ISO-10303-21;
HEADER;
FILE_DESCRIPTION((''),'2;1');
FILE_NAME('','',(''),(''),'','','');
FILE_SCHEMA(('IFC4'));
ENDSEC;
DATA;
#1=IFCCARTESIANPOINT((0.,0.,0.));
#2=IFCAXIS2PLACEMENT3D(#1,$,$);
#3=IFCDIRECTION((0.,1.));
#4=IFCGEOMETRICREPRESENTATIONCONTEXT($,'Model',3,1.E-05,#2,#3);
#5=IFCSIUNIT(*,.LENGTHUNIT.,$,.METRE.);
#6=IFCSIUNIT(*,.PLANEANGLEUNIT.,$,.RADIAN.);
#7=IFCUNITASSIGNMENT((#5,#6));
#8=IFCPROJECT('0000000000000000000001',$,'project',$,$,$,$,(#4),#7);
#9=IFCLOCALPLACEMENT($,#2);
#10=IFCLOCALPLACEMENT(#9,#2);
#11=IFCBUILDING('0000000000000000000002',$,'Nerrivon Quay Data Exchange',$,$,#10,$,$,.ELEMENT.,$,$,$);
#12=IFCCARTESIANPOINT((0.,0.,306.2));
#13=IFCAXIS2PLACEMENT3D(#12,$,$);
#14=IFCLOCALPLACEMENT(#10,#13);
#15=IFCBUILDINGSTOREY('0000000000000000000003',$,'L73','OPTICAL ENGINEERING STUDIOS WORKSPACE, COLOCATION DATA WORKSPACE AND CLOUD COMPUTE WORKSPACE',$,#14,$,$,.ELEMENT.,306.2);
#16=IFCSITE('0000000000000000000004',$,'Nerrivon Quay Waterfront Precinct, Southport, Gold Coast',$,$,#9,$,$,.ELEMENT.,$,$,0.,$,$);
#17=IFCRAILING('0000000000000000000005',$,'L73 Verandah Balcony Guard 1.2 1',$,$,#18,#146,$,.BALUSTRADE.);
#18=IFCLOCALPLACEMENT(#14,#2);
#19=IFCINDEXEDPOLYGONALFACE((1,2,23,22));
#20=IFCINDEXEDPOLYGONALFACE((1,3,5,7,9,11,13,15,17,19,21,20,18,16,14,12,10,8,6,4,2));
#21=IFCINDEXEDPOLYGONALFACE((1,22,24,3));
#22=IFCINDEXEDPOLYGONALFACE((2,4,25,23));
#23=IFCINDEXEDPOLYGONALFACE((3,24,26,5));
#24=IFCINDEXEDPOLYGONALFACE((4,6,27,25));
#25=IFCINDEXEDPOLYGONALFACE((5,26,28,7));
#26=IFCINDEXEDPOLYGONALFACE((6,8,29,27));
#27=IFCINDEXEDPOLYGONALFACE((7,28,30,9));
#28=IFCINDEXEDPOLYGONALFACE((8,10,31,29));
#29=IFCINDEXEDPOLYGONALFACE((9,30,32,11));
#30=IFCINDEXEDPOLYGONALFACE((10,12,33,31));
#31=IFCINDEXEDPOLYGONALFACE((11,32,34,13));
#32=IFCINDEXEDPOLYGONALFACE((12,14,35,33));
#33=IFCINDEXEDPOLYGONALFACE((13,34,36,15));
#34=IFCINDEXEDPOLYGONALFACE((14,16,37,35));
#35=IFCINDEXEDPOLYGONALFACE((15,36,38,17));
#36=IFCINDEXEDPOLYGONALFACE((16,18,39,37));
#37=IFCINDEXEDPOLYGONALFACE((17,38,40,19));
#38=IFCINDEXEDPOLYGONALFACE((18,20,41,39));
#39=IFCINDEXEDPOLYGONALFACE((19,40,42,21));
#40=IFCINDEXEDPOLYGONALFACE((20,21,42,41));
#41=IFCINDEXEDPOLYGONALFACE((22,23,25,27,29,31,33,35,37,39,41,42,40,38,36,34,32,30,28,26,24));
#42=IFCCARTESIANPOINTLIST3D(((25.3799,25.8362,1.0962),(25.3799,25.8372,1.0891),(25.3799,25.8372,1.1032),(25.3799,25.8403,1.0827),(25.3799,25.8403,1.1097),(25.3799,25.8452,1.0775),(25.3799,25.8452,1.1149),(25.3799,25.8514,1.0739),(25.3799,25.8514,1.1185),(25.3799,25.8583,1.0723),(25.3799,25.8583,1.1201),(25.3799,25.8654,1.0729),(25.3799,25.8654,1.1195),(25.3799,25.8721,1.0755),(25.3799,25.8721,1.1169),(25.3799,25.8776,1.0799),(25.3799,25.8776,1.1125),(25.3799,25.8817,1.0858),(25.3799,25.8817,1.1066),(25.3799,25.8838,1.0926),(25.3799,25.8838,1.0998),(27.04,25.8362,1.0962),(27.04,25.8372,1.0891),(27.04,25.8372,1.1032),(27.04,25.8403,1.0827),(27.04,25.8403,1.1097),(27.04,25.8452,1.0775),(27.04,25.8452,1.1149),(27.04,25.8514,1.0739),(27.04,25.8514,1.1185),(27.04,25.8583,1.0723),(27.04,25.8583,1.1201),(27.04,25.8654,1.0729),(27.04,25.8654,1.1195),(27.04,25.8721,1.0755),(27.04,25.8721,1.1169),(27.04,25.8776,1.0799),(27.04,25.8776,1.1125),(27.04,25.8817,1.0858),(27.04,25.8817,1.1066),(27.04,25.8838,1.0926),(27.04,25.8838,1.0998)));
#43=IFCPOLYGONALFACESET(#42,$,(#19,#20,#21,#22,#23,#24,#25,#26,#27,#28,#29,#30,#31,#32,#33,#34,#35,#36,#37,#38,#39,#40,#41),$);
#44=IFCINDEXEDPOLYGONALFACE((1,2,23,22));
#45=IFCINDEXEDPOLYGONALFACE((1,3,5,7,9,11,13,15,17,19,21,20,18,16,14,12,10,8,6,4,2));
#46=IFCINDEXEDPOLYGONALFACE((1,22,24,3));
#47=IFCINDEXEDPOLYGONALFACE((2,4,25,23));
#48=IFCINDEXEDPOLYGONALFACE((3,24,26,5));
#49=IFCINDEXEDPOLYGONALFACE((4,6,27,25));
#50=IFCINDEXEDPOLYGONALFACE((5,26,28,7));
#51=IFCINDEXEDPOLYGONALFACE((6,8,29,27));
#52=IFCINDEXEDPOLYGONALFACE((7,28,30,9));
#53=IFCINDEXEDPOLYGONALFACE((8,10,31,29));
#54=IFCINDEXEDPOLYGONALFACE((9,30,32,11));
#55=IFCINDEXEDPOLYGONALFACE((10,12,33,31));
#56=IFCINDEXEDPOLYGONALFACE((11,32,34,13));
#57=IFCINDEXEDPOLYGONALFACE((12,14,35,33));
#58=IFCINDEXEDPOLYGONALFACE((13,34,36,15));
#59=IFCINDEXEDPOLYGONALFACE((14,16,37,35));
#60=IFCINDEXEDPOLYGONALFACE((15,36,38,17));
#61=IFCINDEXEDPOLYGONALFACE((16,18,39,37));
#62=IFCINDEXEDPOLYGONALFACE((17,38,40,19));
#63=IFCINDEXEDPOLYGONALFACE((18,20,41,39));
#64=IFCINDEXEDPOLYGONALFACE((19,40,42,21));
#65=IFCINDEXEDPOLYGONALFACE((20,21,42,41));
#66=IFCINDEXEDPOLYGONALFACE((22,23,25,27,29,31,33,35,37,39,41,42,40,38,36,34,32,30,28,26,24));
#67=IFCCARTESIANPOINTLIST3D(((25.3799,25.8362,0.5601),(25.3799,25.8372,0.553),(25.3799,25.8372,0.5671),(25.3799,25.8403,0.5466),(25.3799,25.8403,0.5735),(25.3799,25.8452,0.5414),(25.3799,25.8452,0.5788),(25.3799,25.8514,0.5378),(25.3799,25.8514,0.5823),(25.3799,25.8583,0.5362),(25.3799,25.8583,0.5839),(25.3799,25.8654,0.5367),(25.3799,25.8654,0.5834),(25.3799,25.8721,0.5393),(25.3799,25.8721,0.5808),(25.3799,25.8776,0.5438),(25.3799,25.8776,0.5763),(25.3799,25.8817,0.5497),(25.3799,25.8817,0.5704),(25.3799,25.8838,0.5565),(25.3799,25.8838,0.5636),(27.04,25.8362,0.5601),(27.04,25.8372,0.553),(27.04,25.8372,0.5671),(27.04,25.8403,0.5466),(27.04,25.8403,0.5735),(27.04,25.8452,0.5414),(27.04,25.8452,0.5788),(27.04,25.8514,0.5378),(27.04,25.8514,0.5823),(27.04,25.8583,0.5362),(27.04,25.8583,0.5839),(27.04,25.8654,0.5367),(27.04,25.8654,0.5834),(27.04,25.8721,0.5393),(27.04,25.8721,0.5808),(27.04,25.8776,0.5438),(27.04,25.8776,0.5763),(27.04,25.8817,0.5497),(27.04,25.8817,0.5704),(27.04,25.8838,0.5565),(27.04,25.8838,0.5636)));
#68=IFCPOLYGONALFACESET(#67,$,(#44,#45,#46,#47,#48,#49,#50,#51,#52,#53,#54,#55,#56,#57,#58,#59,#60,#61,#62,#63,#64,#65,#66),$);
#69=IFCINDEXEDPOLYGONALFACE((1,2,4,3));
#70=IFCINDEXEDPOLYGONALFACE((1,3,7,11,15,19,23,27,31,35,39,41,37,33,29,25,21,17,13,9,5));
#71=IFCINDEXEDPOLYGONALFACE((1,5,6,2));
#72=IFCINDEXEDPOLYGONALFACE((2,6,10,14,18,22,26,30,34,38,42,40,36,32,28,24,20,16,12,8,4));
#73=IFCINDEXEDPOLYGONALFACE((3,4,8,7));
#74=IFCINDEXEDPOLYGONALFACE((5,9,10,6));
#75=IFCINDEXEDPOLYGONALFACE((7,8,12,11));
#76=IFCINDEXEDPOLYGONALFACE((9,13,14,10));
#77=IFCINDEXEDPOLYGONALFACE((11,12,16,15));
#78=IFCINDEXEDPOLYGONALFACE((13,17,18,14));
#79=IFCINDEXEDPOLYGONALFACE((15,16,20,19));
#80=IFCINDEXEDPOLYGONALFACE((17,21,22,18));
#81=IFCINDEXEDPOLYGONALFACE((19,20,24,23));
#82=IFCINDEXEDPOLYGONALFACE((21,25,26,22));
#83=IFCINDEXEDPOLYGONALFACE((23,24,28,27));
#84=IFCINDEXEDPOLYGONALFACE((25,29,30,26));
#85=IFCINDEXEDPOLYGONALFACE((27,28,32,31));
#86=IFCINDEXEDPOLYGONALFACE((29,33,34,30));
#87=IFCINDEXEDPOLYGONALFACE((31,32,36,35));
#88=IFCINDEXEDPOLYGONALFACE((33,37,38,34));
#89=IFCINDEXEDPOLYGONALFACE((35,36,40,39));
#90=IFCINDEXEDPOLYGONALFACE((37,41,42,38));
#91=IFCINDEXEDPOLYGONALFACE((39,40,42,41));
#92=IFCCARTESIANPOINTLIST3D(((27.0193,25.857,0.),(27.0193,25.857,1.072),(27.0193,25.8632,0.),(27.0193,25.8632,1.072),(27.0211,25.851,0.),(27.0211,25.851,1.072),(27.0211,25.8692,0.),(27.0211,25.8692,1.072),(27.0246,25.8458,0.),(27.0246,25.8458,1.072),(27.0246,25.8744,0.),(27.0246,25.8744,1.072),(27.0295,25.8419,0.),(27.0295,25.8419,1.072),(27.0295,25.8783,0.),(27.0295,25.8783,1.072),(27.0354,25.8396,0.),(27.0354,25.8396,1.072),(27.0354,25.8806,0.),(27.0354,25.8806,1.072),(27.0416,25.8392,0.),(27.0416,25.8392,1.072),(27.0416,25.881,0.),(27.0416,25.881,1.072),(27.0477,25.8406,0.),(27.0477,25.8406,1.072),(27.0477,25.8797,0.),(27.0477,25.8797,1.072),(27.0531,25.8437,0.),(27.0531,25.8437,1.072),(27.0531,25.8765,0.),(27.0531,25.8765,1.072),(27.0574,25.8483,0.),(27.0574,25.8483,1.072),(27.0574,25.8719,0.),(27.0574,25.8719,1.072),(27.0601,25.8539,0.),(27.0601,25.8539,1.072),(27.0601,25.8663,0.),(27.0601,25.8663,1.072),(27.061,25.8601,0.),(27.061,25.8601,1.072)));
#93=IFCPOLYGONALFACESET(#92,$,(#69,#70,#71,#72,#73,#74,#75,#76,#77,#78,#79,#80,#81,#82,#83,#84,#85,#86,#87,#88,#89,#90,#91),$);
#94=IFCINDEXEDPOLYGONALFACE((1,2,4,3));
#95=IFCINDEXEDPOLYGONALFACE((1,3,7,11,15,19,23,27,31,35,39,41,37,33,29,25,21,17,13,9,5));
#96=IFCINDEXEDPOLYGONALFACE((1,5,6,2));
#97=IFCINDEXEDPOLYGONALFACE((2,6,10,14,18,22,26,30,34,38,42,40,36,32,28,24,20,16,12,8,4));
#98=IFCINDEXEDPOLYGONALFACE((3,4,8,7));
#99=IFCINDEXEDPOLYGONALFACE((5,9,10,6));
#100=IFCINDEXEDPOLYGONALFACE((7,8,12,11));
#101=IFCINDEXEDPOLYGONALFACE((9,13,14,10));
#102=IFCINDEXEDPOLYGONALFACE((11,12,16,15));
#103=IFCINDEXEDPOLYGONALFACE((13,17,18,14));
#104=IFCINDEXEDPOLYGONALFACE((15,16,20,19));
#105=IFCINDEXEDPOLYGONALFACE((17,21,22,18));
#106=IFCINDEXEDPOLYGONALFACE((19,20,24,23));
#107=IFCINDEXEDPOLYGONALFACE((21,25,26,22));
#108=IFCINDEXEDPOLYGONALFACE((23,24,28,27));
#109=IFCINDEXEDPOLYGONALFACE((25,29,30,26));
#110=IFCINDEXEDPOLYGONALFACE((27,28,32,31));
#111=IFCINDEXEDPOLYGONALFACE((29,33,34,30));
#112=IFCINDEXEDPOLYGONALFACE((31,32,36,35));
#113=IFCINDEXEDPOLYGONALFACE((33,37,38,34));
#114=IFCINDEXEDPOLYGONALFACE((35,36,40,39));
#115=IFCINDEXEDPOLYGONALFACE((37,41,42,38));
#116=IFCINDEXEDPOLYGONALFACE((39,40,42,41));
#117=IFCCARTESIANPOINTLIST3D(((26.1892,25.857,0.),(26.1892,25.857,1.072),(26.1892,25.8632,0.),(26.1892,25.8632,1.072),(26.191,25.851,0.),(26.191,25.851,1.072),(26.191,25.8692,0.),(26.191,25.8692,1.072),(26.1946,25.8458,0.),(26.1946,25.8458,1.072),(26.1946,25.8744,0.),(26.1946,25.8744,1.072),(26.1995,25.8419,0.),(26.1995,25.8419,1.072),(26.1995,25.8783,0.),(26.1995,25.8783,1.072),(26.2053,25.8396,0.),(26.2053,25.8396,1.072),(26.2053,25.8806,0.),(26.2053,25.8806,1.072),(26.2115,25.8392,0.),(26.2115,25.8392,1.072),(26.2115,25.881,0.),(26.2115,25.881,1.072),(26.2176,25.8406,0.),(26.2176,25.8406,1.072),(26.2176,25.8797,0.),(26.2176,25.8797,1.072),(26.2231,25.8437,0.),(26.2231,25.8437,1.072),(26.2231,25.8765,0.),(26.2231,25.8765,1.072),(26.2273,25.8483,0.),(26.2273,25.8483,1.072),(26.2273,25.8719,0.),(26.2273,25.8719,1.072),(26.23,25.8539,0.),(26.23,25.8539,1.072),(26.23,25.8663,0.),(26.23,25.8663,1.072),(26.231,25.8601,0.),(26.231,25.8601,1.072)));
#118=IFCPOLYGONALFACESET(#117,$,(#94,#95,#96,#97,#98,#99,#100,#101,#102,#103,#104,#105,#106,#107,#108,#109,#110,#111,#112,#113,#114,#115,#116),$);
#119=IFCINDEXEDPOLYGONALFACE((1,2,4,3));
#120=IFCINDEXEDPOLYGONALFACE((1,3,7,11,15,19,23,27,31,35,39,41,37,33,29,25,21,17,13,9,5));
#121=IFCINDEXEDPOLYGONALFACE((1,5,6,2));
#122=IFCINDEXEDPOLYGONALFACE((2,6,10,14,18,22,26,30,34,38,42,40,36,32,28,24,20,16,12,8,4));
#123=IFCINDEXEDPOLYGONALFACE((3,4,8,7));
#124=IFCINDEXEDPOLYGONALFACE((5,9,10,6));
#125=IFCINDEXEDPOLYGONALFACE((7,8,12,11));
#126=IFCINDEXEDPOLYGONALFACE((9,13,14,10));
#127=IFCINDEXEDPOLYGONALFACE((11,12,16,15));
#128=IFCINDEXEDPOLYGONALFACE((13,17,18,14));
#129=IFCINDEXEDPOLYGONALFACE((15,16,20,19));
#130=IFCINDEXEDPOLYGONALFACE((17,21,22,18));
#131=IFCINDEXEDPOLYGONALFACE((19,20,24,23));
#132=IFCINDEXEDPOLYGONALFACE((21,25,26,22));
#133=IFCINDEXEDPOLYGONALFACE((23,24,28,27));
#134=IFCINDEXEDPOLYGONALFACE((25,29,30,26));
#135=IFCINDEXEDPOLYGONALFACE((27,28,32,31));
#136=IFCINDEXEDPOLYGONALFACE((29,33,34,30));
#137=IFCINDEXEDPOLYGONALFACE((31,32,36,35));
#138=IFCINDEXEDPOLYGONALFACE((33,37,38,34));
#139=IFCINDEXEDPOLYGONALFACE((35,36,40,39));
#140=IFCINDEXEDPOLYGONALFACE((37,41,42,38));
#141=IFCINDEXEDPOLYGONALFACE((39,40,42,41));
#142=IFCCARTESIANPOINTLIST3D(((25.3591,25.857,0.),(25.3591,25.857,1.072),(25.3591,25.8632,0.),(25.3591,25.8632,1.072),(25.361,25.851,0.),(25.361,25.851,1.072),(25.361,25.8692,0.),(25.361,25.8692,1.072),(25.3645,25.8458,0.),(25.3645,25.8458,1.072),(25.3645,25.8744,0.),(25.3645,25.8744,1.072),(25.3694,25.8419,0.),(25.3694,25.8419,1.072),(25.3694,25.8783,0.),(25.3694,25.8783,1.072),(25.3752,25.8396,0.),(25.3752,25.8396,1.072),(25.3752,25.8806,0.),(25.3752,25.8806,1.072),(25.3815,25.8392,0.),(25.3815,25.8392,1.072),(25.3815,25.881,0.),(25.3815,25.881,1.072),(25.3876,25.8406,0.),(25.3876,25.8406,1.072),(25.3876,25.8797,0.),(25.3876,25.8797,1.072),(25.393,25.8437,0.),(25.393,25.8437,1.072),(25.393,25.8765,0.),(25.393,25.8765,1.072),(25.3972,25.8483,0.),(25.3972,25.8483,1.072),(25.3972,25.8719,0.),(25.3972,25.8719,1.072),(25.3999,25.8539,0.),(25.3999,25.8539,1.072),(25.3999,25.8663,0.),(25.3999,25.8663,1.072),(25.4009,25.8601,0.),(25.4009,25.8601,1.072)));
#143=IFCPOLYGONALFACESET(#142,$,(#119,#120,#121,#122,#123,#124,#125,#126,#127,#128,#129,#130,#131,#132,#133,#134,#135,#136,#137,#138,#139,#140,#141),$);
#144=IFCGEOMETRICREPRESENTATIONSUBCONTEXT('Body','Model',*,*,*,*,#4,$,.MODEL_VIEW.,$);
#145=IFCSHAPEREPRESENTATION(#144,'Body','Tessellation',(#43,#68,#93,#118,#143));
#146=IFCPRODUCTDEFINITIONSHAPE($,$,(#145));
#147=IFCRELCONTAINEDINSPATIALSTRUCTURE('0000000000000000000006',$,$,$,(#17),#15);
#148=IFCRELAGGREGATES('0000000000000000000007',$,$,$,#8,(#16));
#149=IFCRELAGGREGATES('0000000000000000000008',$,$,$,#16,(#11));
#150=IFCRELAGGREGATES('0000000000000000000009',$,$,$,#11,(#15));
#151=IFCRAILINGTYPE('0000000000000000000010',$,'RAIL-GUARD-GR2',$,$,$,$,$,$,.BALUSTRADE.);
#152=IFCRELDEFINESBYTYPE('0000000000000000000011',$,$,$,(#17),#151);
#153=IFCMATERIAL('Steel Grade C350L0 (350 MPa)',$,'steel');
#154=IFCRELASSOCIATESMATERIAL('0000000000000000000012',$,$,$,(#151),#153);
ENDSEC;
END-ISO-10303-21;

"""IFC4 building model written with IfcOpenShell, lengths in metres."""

from ifc_helpers import new_model, si_unit, direction, frame, origin, origin_2d, place, context, subcontext, project, spatial, circle, extrude, material, type_object, element, save


model = new_model("IFC4")

# Units and contexts
model_context = context("Model", 3, precision=1e-05, world=origin(), true_north=direction((0.0, 1.0)))
body_context = subcontext(model_context, "Body", "Model", "MODEL_VIEW")
ifc_project = project(units=[si_unit("LENGTHUNIT", "METRE"), si_unit("PLANEANGLEUNIT", "RADIAN")], contexts=[model_context])

# Site, building, storey
site_placement = place(None, origin())
site = spatial("IfcSite", under=ifc_project, at=site_placement, Name="Nerrivon Quay Waterfront Precinct, Southport, Gold Coast", CompositionType="ELEMENT", RefElevation=0.0)
building_placement = place(site_placement, origin())
building = spatial("IfcBuilding", under=site, at=building_placement, Name="Nerrivon Quay Data Exchange", CompositionType="ELEMENT")
storey_placement = place(building_placement, frame((0.0, 0.0, 306.2)))
storey = spatial("IfcBuildingStorey", under=building, at=storey_placement, Name="L73", Description="OPTICAL ENGINEERING STUDIOS WORKSPACE, COLOCATION DATA WORKSPACE AND CLOUD COMPUTE WORKSPACE", CompositionType="ELEMENT", Elevation=306.2)

# Shared definitions
ifc_material_1 = material(Name="Steel Grade C350L0 (350 MPa)", Category="steel")

# Railing
railing_type = type_object("IfcRailingType", Name="RAIL-GUARD-GR2", PredefinedType="BALUSTRADE", material=ifc_material_1)
railing_1_placement = place(storey_placement, frame((27.04, 25.8601, 0.0)))
element("IfcRailing", 1, at=railing_1_placement, inside=storey, type_object=railing_type, Name="L73 Verandah Balcony Guard 1.2 1", PredefinedType="BALUSTRADE", context=body_context, shape_type="SweptSolid", body=[
    extrude(circle(Radius=0.0239, at=origin_2d()), frame((0.0, 0.0, 1.0962), z_axis=(-1.0, 0.0, 0.0), x_axis=(0.0, -1.0, 0.0)), (0.0, 0.0, 1.0), 1.6602),
    extrude(circle(Radius=0.0239, at=origin_2d()), frame((0.0, 0.0, 0.5601), z_axis=(-1.0, 0.0, 0.0), x_axis=(0.0, -1.0, 0.0)), (0.0, 0.0, 1.0), 1.6602),
    extrude(circle(Radius=0.021, at=origin_2d()), origin(), (0.0, 0.0, 1.0), 1.072),
    extrude(circle(Radius=0.021, at=origin_2d()), frame((-0.8301, 0.0, 0.0)), (0.0, 0.0, 1.0), 1.072),
    extrude(circle(Radius=0.021, at=origin_2d()), frame((-1.6602, 0.0, 0.0)), (0.0, 0.0, 1.0), 1.072),
])

save(model, "model.ifc")
